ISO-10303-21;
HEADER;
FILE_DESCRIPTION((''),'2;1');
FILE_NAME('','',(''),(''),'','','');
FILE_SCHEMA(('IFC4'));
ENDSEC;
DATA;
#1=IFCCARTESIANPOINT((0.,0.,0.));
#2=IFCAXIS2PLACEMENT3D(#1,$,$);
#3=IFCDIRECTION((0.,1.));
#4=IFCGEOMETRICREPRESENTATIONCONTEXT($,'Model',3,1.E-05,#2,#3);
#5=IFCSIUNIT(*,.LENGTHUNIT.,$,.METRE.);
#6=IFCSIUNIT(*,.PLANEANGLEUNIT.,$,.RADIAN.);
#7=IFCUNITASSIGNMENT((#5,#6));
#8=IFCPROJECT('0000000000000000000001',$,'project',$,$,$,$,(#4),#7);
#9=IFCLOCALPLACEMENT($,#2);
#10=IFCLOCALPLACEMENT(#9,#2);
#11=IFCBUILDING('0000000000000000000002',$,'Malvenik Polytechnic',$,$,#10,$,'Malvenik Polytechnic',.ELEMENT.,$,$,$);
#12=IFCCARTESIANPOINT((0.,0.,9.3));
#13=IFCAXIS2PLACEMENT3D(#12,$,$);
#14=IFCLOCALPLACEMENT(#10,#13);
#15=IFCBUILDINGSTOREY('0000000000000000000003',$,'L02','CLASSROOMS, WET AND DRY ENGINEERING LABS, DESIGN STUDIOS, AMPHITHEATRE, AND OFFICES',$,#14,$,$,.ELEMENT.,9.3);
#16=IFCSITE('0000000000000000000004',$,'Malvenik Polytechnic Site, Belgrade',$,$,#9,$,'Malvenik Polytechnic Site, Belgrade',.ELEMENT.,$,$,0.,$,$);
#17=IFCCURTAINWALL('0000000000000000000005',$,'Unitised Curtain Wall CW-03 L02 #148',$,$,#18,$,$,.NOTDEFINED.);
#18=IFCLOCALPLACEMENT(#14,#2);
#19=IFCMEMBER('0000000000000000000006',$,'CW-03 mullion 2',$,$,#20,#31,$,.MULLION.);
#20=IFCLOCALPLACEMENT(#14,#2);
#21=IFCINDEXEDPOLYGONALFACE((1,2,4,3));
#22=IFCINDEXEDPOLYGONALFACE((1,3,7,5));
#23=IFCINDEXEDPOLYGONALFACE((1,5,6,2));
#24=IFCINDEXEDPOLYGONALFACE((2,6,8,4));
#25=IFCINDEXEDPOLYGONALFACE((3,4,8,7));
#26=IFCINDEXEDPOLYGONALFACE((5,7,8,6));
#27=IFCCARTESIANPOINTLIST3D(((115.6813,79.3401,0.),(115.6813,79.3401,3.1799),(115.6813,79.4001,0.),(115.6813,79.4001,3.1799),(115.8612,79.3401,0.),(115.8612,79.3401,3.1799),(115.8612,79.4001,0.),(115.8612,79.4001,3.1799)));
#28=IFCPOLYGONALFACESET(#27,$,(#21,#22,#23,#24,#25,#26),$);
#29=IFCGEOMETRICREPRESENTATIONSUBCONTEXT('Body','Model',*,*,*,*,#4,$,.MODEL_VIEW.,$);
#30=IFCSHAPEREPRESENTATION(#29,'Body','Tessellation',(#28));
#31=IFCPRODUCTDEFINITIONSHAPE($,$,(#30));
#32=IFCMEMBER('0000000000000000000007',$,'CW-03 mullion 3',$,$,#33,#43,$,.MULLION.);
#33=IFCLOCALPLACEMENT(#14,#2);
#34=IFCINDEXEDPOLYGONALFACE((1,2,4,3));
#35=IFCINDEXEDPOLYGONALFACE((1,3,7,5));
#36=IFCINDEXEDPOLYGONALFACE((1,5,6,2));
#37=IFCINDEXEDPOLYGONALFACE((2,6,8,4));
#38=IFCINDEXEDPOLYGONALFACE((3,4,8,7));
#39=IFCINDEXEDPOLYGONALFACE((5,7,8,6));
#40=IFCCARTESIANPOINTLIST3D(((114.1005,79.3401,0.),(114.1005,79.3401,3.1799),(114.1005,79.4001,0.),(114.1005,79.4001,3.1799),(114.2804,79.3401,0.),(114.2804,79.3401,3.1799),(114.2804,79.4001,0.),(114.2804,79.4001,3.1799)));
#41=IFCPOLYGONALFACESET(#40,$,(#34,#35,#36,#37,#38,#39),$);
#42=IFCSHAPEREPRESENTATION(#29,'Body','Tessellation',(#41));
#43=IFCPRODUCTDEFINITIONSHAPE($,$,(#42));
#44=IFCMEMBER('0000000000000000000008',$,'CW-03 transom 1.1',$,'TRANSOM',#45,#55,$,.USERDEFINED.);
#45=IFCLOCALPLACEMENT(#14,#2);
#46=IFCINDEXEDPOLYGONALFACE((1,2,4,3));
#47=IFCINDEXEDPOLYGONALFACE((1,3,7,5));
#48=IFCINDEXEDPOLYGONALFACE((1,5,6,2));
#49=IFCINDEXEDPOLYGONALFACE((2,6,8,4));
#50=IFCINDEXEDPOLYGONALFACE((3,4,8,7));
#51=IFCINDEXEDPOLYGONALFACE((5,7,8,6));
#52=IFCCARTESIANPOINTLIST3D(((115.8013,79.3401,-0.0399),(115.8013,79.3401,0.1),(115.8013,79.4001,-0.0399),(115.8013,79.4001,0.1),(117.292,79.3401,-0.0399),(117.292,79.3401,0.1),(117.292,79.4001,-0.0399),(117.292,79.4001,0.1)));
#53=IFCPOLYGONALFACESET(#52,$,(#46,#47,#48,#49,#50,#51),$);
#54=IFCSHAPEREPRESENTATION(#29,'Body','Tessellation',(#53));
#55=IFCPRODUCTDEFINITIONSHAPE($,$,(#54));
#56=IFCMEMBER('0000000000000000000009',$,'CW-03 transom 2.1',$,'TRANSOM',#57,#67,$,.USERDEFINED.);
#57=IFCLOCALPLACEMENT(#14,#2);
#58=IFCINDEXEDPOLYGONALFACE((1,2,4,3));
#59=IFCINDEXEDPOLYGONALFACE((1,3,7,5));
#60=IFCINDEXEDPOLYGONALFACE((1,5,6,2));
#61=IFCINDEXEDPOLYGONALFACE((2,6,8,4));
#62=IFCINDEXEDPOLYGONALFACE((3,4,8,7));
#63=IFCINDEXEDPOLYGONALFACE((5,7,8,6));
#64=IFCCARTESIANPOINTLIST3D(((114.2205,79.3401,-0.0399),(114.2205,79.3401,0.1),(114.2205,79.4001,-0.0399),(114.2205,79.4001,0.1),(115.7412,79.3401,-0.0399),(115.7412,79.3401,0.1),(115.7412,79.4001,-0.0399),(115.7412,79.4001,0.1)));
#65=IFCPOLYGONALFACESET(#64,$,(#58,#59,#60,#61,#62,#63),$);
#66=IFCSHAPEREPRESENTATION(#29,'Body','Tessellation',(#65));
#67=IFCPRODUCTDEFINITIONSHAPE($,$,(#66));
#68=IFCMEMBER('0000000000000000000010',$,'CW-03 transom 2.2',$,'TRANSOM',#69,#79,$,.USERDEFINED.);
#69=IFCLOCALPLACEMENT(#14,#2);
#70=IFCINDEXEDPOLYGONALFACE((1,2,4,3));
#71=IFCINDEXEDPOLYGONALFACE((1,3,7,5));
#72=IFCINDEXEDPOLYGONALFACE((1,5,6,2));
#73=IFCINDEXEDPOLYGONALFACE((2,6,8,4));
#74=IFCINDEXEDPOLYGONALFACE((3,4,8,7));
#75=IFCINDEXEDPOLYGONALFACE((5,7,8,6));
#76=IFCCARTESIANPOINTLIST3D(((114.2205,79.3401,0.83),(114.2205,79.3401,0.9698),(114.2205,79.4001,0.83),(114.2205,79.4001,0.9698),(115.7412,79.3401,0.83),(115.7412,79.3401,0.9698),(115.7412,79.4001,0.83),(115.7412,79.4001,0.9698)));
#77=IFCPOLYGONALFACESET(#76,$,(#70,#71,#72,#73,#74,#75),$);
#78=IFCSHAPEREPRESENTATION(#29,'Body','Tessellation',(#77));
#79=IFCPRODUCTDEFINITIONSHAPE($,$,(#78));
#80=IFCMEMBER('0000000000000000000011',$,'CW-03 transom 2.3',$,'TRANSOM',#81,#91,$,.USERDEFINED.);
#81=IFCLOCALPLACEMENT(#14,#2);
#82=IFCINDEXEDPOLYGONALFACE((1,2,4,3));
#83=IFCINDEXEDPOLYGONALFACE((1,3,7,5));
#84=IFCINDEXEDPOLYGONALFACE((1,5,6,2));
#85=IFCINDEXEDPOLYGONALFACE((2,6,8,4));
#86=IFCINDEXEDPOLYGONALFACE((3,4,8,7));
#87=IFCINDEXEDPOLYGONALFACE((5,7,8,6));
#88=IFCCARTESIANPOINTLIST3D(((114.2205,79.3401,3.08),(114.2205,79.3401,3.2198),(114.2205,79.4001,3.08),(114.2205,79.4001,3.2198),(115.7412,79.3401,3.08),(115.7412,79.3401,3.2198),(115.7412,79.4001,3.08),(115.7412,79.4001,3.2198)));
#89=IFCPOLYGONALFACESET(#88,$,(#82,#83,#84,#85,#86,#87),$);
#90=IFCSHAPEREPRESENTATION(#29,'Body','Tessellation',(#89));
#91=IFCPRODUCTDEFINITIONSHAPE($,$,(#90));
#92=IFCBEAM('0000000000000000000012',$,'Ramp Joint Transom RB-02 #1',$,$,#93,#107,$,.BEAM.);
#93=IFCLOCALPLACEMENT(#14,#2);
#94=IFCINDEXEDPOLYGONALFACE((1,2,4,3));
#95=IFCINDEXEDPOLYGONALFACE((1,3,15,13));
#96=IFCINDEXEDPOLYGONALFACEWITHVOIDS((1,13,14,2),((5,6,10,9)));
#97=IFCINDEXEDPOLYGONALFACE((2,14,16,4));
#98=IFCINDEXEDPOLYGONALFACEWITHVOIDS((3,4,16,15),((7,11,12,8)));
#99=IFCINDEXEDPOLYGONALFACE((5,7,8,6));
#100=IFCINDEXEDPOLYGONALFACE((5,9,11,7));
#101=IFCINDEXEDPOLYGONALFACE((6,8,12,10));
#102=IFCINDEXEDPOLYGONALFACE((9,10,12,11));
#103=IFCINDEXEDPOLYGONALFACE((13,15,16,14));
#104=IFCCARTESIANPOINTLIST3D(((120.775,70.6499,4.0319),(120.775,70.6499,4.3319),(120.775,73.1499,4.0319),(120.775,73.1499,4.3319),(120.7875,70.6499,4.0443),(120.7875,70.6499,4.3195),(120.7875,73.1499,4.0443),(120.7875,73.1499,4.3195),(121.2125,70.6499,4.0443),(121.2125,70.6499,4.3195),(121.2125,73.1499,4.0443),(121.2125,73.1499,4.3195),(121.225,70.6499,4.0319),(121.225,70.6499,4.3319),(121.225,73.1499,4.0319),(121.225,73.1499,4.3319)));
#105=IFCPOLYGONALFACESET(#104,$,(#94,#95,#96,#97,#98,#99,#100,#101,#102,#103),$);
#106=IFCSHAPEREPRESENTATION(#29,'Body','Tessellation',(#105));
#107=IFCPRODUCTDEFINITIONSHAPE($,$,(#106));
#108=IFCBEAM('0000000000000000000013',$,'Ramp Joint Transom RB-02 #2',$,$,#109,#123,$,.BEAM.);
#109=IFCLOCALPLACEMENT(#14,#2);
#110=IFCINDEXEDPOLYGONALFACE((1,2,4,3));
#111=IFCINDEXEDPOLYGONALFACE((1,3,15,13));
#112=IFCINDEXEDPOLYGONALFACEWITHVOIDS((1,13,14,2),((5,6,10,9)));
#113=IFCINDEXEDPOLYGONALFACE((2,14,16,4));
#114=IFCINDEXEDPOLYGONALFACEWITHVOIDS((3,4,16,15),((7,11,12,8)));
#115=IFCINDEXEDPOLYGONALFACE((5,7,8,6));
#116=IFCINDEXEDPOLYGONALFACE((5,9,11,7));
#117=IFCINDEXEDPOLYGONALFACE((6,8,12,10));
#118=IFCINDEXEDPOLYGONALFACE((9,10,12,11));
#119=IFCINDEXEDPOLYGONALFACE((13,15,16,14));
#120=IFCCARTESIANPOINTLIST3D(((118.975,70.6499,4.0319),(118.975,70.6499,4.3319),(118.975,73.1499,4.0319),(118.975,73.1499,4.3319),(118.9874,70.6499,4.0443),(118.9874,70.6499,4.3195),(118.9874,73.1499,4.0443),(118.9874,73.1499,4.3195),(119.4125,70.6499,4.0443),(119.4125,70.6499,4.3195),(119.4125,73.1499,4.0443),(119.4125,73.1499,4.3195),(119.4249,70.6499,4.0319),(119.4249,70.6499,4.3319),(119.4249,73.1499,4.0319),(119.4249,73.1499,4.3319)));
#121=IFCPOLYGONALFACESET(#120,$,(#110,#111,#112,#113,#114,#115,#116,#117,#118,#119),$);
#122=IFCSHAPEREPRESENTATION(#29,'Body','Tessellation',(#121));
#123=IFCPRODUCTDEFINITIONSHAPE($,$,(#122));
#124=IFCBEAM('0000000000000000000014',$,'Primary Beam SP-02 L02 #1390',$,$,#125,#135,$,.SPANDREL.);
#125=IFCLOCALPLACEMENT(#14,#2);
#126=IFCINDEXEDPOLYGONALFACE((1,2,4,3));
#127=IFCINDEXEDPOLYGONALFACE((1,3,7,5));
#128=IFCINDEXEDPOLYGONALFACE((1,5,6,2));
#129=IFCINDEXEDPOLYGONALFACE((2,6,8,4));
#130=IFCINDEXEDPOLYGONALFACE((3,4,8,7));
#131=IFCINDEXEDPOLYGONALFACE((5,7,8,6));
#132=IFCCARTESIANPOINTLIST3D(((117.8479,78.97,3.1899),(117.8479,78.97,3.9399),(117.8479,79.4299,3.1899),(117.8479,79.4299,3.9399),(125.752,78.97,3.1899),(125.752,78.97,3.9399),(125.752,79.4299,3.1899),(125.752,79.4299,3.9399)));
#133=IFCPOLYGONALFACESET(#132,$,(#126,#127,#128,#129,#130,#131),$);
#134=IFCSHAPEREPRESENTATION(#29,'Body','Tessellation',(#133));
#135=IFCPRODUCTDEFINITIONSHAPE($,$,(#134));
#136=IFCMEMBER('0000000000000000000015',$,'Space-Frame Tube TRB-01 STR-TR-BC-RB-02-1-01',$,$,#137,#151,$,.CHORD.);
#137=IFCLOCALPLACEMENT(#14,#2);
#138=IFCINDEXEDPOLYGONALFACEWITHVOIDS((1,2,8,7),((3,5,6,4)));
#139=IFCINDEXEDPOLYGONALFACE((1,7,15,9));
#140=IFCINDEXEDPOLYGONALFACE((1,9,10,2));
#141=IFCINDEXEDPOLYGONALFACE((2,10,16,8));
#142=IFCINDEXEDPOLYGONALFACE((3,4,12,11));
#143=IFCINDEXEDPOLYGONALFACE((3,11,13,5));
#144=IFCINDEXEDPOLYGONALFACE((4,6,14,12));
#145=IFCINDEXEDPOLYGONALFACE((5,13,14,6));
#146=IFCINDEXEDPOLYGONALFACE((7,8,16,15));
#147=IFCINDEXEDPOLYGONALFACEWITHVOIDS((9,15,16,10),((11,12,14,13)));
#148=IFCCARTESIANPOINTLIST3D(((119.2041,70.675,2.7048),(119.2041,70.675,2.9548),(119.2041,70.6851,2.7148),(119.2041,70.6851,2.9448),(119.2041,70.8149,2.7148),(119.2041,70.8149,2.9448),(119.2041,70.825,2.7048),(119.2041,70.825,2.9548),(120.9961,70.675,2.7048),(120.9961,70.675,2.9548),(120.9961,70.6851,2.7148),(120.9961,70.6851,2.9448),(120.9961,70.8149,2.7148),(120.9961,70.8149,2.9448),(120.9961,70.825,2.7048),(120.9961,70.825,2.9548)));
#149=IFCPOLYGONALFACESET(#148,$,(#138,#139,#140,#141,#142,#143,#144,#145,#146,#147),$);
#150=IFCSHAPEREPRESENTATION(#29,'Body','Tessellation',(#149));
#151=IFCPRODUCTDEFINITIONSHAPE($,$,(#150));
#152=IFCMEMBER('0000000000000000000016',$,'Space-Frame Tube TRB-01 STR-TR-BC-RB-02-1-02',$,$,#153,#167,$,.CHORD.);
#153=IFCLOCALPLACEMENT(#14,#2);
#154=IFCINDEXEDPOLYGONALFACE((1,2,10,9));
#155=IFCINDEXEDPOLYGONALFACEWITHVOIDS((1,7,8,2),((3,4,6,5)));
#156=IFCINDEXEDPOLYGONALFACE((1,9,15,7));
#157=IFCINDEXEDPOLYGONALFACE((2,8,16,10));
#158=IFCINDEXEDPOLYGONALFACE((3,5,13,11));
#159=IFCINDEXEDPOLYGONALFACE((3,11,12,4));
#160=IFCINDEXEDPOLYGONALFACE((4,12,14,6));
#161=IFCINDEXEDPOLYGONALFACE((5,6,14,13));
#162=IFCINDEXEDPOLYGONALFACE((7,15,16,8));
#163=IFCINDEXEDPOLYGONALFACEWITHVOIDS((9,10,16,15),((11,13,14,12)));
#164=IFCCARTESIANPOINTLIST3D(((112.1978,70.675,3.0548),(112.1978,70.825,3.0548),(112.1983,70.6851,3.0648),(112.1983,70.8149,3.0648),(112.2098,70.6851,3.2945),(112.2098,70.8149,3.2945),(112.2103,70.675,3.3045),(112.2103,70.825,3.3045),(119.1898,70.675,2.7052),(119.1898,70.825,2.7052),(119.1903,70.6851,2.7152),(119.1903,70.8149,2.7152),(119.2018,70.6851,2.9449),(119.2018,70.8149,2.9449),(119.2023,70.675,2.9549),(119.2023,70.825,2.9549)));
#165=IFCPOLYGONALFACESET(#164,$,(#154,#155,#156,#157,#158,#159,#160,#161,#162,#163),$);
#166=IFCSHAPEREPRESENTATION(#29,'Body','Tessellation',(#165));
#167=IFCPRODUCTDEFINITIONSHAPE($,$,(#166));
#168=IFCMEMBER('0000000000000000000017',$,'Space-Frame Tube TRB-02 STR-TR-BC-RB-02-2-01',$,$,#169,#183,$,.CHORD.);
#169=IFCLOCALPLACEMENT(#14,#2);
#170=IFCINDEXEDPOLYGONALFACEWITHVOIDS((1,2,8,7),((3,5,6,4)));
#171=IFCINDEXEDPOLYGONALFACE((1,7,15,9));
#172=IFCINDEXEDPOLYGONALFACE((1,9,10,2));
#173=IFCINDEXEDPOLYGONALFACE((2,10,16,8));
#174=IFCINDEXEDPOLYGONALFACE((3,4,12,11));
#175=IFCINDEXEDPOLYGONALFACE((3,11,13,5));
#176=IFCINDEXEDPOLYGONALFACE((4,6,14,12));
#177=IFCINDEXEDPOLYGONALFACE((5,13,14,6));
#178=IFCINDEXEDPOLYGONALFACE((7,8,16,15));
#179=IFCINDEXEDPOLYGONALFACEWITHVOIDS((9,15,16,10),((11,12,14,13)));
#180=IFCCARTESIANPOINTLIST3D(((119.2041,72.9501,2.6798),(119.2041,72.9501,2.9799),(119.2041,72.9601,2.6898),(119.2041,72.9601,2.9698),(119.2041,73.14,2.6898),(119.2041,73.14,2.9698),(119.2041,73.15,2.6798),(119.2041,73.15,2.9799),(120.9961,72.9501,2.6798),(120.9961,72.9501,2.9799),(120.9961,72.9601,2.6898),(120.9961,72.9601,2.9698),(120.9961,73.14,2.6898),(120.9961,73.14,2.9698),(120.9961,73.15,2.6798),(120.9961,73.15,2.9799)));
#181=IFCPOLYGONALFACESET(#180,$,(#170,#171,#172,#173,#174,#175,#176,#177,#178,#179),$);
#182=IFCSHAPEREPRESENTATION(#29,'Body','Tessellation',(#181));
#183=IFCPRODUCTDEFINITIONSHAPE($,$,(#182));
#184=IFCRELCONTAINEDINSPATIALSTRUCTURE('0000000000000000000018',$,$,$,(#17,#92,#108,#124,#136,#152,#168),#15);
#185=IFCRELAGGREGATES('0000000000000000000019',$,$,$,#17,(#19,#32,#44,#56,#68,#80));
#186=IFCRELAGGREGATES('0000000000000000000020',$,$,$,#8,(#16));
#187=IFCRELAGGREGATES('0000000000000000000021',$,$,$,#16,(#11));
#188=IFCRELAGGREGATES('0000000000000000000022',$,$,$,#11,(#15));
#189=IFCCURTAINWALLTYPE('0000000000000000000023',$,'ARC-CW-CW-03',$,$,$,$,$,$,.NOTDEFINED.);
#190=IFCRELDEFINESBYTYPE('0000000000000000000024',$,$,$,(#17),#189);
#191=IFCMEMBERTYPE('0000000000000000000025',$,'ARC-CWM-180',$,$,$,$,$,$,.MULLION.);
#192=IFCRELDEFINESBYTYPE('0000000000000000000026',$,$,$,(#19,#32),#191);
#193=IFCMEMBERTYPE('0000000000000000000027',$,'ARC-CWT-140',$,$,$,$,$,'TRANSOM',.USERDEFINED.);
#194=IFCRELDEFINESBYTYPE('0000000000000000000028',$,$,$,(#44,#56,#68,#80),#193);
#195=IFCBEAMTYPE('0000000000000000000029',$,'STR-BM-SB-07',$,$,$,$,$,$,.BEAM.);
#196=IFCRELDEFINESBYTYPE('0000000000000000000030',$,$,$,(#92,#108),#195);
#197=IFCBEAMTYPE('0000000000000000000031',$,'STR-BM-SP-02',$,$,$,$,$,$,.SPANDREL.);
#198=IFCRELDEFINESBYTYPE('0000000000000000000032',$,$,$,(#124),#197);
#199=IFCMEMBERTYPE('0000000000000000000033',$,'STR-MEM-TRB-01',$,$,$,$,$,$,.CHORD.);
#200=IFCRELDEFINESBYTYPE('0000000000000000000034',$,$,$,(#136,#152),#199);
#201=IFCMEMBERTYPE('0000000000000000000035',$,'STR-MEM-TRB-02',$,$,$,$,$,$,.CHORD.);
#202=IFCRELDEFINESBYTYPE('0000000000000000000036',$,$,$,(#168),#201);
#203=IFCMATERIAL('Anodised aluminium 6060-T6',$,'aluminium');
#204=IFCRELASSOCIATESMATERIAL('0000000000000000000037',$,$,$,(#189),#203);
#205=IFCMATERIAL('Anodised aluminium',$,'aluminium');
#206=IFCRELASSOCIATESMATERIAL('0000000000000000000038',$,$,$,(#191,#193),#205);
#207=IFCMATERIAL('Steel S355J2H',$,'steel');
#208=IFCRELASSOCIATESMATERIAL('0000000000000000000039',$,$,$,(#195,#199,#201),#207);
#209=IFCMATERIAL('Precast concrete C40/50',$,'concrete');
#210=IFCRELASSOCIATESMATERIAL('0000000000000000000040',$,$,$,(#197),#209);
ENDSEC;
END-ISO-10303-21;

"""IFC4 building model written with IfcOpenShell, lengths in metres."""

from ifc_helpers import new_model, si_unit, direction, frame, origin, origin_2d, place, context, subcontext, project, spatial, rectangle, hollow_rectangle, extrude, material, material_profile, profile_set, type_object, element, aggregate, save


model = new_model("IFC4")

# Units and contexts
model_context = context("Model", 3, precision=1e-05, world=origin(), true_north=direction((0.0, 1.0)))
body_context = subcontext(model_context, "Body", "Model", "MODEL_VIEW")
ifc_project = project(units=[si_unit("LENGTHUNIT", "METRE"), si_unit("PLANEANGLEUNIT", "RADIAN")], contexts=[model_context])

# Site, building, storey
site_placement = place(None, origin())
site = spatial("IfcSite", under=ifc_project, at=site_placement, Name="Malvenik Polytechnic Site, Belgrade", LongName="Malvenik Polytechnic Site, Belgrade", CompositionType="ELEMENT", RefElevation=0.0)
building_placement = place(site_placement, origin())
building = spatial("IfcBuilding", under=site, at=building_placement, Name="Malvenik Polytechnic", LongName="Malvenik Polytechnic", CompositionType="ELEMENT")
storey_placement = place(building_placement, frame((0.0, 0.0, 9.3)))
storey = spatial("IfcBuildingStorey", under=building, at=storey_placement, Name="L02", Description="CLASSROOMS, WET AND DRY ENGINEERING LABS, DESIGN STUDIOS, AMPHITHEATRE, AND OFFICES", CompositionType="ELEMENT", Elevation=9.3)

# Curtain wall, members
ifc_material_1 = material(Name="Anodised aluminium 6060-T6", Category="aluminium")
curtain_wall_type = type_object("IfcCurtainWallType", Name="ARC-CW-CW-03", PredefinedType="NOTDEFINED", material=ifc_material_1)
curtain_wall_placement = place(storey_placement, origin())
curtain_wall = element("IfcCurtainWall", 1, at=curtain_wall_placement, inside=storey, type_object=curtain_wall_type, Name="Unitised Curtain Wall CW-03 L02 #148", PredefinedType="NOTDEFINED")
ifc_material_2 = material(Name="Anodised aluminium", Category="aluminium")
ifc_material_profile_1 = material_profile(ifc_material_2, rectangle(XDim=0.0601, YDim=0.1799, at=origin_2d()), Name="ALU MULLION 60x180")
ifc_profile_set_1 = profile_set([ifc_material_profile_1], Name="Anodised aluminium")
member_type_1 = type_object("IfcMemberType", Name="ARC-CWM-180", PredefinedType="MULLION", material=ifc_profile_set_1)
member_1_placement = place(storey_placement, frame((115.7712, 79.3701, 0.0), z_axis=(0.0, 0.0, 1.0), x_axis=(0.0, -1.0, 0.0)))
member_1 = element("IfcMember", 2, at=member_1_placement, type_object=member_type_1, Name="CW-03 mullion 2", PredefinedType="MULLION", context=body_context, shape_type="SweptSolid", body=[
    extrude(rectangle(XDim=0.0601, YDim=0.1799, at=origin_2d()), origin(), (0.0, 0.0, 1.0), 3.1799),
])
member_2_placement = place(storey_placement, frame((114.1904, 79.3701, 0.0), z_axis=(0.0, 0.0, 1.0), x_axis=(0.0, -1.0, 0.0)))
member_2 = element("IfcMember", 3, at=member_2_placement, type_object=member_type_1, Name="CW-03 mullion 3", PredefinedType="MULLION", context=body_context, shape_type="SweptSolid", body=[
    extrude(rectangle(XDim=0.0601, YDim=0.1799, at=origin_2d()), origin(), (0.0, 0.0, 1.0), 3.1799),
])
ifc_material_profile_2 = material_profile(ifc_material_2, rectangle(XDim=0.0601, YDim=0.1399, at=origin_2d()), Name="ALU TRANSOM 60x140")
ifc_profile_set_2 = profile_set([ifc_material_profile_2], Name="Anodised aluminium")
member_type_2 = type_object("IfcMemberType", Name="ARC-CWT-140", ElementType="TRANSOM", PredefinedType="USERDEFINED", material=ifc_profile_set_2)
member_3_placement = place(storey_placement, frame((117.292, 79.3701, 0.03), z_axis=(-1.0, 0.0, 0.0), x_axis=(0.0, -1.0, 0.0)))
member_3 = element("IfcMember", 4, at=member_3_placement, type_object=member_type_2, Name="CW-03 transom 1.1", ObjectType="TRANSOM", PredefinedType="USERDEFINED", context=body_context, shape_type="SweptSolid", body=[
    extrude(rectangle(XDim=0.0601, YDim=0.1399, at=origin_2d()), origin(), (0.0, 0.0, 1.0), 1.4907),
])
member_4_placement = place(storey_placement, frame((115.7412, 79.3701, 0.03), z_axis=(-1.0, 0.0, 0.0), x_axis=(0.0, -1.0, 0.0)))
member_4 = element("IfcMember", 5, at=member_4_placement, type_object=member_type_2, Name="CW-03 transom 2.1", ObjectType="TRANSOM", PredefinedType="USERDEFINED", context=body_context, shape_type="SweptSolid", body=[
    extrude(rectangle(XDim=0.0601, YDim=0.1399, at=origin_2d()), origin(), (0.0, 0.0, 1.0), 1.5208),
])
member_5_placement = place(storey_placement, frame((115.7412, 79.3701, 0.8999), z_axis=(-1.0, 0.0, 0.0), x_axis=(0.0, -1.0, 0.0)))
member_5 = element("IfcMember", 6, at=member_5_placement, type_object=member_type_2, Name="CW-03 transom 2.2", ObjectType="TRANSOM", PredefinedType="USERDEFINED", context=body_context, shape_type="SweptSolid", body=[
    extrude(rectangle(XDim=0.0601, YDim=0.1399, at=origin_2d()), origin(), (0.0, 0.0, 1.0), 1.5208),
])
member_6_placement = place(storey_placement, frame((115.7412, 79.3701, 3.1499), z_axis=(-1.0, 0.0, 0.0), x_axis=(0.0, -1.0, 0.0)))
member_6 = element("IfcMember", 7, at=member_6_placement, type_object=member_type_2, Name="CW-03 transom 2.3", ObjectType="TRANSOM", PredefinedType="USERDEFINED", context=body_context, shape_type="SweptSolid", body=[
    extrude(rectangle(XDim=0.0601, YDim=0.1399, at=origin_2d()), origin(), (0.0, 0.0, 1.0), 1.5208),
])

# Beams
ifc_material_3 = material(Name="Steel S355J2H", Category="steel")
ifc_material_profile_3 = material_profile(ifc_material_3, hollow_rectangle(XDim=0.45, YDim=0.3, WallThickness=0.0125, at=origin_2d()), Name="RHS 450x300x12.5")
ifc_profile_set_3 = profile_set([ifc_material_profile_3], Name="Steel S355J2H")
beam_type_1 = type_object("IfcBeamType", Name="STR-BM-SB-07", PredefinedType="BEAM", material=ifc_profile_set_3)
for number, where, z_axis, x_axis, name in (
    (8, (121.0, 70.6499, 4.1819), (0.0, 1.0, 0.0), (-1.0, 0.0, 0.0), "Ramp Joint Transom RB-02 #1"),
    (9, (119.2, 70.6499, 4.1819), (0.0, 1.0, 0.0), (-1.0, 0.0, 0.0), "Ramp Joint Transom RB-02 #2"),
):
    element("IfcBeam", number, at=place(storey_placement, frame(where, z_axis=z_axis, x_axis=x_axis)), inside=storey, type_object=beam_type_1, Name=name, PredefinedType="BEAM", context=body_context, shape_type="SweptSolid", body=[
        extrude(hollow_rectangle(XDim=0.45, YDim=0.3, WallThickness=0.0125, at=origin_2d()), origin(), (0.0, 0.0, 1.0), 2.5),
    ])
ifc_material_4 = material(Name="Precast concrete C40/50", Category="concrete")
ifc_material_profile_4 = material_profile(ifc_material_4, rectangle(XDim=0.46, YDim=0.75, at=origin_2d()), Name="PC SPN 460x750")
ifc_profile_set_4 = profile_set([ifc_material_profile_4], Name="Precast concrete C40/50")
beam_type_2 = type_object("IfcBeamType", Name="STR-BM-SP-02", PredefinedType="SPANDREL", material=ifc_profile_set_4)
beam_placement = place(storey_placement, frame((117.8479, 79.2, 3.5649), z_axis=(1.0, 0.0, 0.0), x_axis=(0.0, 1.0, 0.0)))
element("IfcBeam", 10, at=beam_placement, inside=storey, type_object=beam_type_2, Name="Primary Beam SP-02 L02 #1390", PredefinedType="SPANDREL", context=body_context, shape_type="SweptSolid", body=[
    extrude(rectangle(XDim=0.46, YDim=0.75, at=origin_2d()), origin(), (0.0, 0.0, 1.0), 7.9041),
])

# Members
ifc_material_profile_5 = material_profile(ifc_material_3, hollow_rectangle(XDim=0.1499, YDim=0.25, WallThickness=0.01, at=origin_2d()), Name="RHS 250x150x10.0")
ifc_profile_set_5 = profile_set([ifc_material_profile_5], Name="Steel S355J2H")
member_type_3 = type_object("IfcMemberType", Name="STR-MEM-TRB-01", PredefinedType="CHORD", material=ifc_profile_set_5)
member_7_placement = place(storey_placement, frame((120.9961, 70.75, 2.8298), z_axis=(-1.0, 0.0, 0.0), x_axis=(0.0, -1.0, 0.0)))
element("IfcMember", 11, at=member_7_placement, inside=storey, type_object=member_type_3, Name="Space-Frame Tube TRB-01 STR-TR-BC-RB-02-1-01", PredefinedType="CHORD", context=body_context, shape_type="SweptSolid", body=[
    extrude(hollow_rectangle(XDim=0.1499, YDim=0.25, WallThickness=0.01, at=origin_2d()), origin(), (0.0, 0.0, 1.0), 1.792),
])
member_8_placement = place(storey_placement, frame((119.196, 70.75, 2.8301), z_axis=(-0.998752, 0.0, 0.049939), x_axis=(0.0, -1.0, 0.0)))
element("IfcMember", 12, at=member_8_placement, inside=storey, type_object=member_type_3, Name="Space-Frame Tube TRB-01 STR-TR-BC-RB-02-1-02", PredefinedType="CHORD", context=body_context, shape_type="SweptSolid", body=[
    extrude(hollow_rectangle(XDim=0.1499, YDim=0.25, WallThickness=0.01, at=origin_2d()), origin(), (0.0, 0.0, 1.0), 7.0007),
])
ifc_material_profile_6 = material_profile(ifc_material_3, hollow_rectangle(XDim=0.2, YDim=0.3, WallThickness=0.01, at=origin_2d()), Name="RHS 300x200x10.0")
ifc_profile_set_6 = profile_set([ifc_material_profile_6], Name="Steel S355J2H")
member_type_4 = type_object("IfcMemberType", Name="STR-MEM-TRB-02", PredefinedType="CHORD", material=ifc_profile_set_6)
member_9_placement = place(storey_placement, frame((120.9961, 73.05, 2.8298), z_axis=(-1.0, 0.0, 0.0), x_axis=(0.0, -1.0, 0.0)))
element("IfcMember", 13, at=member_9_placement, inside=storey, type_object=member_type_4, Name="Space-Frame Tube TRB-02 STR-TR-BC-RB-02-2-01", PredefinedType="CHORD", context=body_context, shape_type="SweptSolid", body=[
    extrude(hollow_rectangle(XDim=0.2, YDim=0.3, WallThickness=0.01, at=origin_2d()), origin(), (0.0, 0.0, 1.0), 1.792),
])

aggregate(curtain_wall, [member_1, member_2, member_3, member_4, member_5, member_6])

save(model, "model.ifc")
